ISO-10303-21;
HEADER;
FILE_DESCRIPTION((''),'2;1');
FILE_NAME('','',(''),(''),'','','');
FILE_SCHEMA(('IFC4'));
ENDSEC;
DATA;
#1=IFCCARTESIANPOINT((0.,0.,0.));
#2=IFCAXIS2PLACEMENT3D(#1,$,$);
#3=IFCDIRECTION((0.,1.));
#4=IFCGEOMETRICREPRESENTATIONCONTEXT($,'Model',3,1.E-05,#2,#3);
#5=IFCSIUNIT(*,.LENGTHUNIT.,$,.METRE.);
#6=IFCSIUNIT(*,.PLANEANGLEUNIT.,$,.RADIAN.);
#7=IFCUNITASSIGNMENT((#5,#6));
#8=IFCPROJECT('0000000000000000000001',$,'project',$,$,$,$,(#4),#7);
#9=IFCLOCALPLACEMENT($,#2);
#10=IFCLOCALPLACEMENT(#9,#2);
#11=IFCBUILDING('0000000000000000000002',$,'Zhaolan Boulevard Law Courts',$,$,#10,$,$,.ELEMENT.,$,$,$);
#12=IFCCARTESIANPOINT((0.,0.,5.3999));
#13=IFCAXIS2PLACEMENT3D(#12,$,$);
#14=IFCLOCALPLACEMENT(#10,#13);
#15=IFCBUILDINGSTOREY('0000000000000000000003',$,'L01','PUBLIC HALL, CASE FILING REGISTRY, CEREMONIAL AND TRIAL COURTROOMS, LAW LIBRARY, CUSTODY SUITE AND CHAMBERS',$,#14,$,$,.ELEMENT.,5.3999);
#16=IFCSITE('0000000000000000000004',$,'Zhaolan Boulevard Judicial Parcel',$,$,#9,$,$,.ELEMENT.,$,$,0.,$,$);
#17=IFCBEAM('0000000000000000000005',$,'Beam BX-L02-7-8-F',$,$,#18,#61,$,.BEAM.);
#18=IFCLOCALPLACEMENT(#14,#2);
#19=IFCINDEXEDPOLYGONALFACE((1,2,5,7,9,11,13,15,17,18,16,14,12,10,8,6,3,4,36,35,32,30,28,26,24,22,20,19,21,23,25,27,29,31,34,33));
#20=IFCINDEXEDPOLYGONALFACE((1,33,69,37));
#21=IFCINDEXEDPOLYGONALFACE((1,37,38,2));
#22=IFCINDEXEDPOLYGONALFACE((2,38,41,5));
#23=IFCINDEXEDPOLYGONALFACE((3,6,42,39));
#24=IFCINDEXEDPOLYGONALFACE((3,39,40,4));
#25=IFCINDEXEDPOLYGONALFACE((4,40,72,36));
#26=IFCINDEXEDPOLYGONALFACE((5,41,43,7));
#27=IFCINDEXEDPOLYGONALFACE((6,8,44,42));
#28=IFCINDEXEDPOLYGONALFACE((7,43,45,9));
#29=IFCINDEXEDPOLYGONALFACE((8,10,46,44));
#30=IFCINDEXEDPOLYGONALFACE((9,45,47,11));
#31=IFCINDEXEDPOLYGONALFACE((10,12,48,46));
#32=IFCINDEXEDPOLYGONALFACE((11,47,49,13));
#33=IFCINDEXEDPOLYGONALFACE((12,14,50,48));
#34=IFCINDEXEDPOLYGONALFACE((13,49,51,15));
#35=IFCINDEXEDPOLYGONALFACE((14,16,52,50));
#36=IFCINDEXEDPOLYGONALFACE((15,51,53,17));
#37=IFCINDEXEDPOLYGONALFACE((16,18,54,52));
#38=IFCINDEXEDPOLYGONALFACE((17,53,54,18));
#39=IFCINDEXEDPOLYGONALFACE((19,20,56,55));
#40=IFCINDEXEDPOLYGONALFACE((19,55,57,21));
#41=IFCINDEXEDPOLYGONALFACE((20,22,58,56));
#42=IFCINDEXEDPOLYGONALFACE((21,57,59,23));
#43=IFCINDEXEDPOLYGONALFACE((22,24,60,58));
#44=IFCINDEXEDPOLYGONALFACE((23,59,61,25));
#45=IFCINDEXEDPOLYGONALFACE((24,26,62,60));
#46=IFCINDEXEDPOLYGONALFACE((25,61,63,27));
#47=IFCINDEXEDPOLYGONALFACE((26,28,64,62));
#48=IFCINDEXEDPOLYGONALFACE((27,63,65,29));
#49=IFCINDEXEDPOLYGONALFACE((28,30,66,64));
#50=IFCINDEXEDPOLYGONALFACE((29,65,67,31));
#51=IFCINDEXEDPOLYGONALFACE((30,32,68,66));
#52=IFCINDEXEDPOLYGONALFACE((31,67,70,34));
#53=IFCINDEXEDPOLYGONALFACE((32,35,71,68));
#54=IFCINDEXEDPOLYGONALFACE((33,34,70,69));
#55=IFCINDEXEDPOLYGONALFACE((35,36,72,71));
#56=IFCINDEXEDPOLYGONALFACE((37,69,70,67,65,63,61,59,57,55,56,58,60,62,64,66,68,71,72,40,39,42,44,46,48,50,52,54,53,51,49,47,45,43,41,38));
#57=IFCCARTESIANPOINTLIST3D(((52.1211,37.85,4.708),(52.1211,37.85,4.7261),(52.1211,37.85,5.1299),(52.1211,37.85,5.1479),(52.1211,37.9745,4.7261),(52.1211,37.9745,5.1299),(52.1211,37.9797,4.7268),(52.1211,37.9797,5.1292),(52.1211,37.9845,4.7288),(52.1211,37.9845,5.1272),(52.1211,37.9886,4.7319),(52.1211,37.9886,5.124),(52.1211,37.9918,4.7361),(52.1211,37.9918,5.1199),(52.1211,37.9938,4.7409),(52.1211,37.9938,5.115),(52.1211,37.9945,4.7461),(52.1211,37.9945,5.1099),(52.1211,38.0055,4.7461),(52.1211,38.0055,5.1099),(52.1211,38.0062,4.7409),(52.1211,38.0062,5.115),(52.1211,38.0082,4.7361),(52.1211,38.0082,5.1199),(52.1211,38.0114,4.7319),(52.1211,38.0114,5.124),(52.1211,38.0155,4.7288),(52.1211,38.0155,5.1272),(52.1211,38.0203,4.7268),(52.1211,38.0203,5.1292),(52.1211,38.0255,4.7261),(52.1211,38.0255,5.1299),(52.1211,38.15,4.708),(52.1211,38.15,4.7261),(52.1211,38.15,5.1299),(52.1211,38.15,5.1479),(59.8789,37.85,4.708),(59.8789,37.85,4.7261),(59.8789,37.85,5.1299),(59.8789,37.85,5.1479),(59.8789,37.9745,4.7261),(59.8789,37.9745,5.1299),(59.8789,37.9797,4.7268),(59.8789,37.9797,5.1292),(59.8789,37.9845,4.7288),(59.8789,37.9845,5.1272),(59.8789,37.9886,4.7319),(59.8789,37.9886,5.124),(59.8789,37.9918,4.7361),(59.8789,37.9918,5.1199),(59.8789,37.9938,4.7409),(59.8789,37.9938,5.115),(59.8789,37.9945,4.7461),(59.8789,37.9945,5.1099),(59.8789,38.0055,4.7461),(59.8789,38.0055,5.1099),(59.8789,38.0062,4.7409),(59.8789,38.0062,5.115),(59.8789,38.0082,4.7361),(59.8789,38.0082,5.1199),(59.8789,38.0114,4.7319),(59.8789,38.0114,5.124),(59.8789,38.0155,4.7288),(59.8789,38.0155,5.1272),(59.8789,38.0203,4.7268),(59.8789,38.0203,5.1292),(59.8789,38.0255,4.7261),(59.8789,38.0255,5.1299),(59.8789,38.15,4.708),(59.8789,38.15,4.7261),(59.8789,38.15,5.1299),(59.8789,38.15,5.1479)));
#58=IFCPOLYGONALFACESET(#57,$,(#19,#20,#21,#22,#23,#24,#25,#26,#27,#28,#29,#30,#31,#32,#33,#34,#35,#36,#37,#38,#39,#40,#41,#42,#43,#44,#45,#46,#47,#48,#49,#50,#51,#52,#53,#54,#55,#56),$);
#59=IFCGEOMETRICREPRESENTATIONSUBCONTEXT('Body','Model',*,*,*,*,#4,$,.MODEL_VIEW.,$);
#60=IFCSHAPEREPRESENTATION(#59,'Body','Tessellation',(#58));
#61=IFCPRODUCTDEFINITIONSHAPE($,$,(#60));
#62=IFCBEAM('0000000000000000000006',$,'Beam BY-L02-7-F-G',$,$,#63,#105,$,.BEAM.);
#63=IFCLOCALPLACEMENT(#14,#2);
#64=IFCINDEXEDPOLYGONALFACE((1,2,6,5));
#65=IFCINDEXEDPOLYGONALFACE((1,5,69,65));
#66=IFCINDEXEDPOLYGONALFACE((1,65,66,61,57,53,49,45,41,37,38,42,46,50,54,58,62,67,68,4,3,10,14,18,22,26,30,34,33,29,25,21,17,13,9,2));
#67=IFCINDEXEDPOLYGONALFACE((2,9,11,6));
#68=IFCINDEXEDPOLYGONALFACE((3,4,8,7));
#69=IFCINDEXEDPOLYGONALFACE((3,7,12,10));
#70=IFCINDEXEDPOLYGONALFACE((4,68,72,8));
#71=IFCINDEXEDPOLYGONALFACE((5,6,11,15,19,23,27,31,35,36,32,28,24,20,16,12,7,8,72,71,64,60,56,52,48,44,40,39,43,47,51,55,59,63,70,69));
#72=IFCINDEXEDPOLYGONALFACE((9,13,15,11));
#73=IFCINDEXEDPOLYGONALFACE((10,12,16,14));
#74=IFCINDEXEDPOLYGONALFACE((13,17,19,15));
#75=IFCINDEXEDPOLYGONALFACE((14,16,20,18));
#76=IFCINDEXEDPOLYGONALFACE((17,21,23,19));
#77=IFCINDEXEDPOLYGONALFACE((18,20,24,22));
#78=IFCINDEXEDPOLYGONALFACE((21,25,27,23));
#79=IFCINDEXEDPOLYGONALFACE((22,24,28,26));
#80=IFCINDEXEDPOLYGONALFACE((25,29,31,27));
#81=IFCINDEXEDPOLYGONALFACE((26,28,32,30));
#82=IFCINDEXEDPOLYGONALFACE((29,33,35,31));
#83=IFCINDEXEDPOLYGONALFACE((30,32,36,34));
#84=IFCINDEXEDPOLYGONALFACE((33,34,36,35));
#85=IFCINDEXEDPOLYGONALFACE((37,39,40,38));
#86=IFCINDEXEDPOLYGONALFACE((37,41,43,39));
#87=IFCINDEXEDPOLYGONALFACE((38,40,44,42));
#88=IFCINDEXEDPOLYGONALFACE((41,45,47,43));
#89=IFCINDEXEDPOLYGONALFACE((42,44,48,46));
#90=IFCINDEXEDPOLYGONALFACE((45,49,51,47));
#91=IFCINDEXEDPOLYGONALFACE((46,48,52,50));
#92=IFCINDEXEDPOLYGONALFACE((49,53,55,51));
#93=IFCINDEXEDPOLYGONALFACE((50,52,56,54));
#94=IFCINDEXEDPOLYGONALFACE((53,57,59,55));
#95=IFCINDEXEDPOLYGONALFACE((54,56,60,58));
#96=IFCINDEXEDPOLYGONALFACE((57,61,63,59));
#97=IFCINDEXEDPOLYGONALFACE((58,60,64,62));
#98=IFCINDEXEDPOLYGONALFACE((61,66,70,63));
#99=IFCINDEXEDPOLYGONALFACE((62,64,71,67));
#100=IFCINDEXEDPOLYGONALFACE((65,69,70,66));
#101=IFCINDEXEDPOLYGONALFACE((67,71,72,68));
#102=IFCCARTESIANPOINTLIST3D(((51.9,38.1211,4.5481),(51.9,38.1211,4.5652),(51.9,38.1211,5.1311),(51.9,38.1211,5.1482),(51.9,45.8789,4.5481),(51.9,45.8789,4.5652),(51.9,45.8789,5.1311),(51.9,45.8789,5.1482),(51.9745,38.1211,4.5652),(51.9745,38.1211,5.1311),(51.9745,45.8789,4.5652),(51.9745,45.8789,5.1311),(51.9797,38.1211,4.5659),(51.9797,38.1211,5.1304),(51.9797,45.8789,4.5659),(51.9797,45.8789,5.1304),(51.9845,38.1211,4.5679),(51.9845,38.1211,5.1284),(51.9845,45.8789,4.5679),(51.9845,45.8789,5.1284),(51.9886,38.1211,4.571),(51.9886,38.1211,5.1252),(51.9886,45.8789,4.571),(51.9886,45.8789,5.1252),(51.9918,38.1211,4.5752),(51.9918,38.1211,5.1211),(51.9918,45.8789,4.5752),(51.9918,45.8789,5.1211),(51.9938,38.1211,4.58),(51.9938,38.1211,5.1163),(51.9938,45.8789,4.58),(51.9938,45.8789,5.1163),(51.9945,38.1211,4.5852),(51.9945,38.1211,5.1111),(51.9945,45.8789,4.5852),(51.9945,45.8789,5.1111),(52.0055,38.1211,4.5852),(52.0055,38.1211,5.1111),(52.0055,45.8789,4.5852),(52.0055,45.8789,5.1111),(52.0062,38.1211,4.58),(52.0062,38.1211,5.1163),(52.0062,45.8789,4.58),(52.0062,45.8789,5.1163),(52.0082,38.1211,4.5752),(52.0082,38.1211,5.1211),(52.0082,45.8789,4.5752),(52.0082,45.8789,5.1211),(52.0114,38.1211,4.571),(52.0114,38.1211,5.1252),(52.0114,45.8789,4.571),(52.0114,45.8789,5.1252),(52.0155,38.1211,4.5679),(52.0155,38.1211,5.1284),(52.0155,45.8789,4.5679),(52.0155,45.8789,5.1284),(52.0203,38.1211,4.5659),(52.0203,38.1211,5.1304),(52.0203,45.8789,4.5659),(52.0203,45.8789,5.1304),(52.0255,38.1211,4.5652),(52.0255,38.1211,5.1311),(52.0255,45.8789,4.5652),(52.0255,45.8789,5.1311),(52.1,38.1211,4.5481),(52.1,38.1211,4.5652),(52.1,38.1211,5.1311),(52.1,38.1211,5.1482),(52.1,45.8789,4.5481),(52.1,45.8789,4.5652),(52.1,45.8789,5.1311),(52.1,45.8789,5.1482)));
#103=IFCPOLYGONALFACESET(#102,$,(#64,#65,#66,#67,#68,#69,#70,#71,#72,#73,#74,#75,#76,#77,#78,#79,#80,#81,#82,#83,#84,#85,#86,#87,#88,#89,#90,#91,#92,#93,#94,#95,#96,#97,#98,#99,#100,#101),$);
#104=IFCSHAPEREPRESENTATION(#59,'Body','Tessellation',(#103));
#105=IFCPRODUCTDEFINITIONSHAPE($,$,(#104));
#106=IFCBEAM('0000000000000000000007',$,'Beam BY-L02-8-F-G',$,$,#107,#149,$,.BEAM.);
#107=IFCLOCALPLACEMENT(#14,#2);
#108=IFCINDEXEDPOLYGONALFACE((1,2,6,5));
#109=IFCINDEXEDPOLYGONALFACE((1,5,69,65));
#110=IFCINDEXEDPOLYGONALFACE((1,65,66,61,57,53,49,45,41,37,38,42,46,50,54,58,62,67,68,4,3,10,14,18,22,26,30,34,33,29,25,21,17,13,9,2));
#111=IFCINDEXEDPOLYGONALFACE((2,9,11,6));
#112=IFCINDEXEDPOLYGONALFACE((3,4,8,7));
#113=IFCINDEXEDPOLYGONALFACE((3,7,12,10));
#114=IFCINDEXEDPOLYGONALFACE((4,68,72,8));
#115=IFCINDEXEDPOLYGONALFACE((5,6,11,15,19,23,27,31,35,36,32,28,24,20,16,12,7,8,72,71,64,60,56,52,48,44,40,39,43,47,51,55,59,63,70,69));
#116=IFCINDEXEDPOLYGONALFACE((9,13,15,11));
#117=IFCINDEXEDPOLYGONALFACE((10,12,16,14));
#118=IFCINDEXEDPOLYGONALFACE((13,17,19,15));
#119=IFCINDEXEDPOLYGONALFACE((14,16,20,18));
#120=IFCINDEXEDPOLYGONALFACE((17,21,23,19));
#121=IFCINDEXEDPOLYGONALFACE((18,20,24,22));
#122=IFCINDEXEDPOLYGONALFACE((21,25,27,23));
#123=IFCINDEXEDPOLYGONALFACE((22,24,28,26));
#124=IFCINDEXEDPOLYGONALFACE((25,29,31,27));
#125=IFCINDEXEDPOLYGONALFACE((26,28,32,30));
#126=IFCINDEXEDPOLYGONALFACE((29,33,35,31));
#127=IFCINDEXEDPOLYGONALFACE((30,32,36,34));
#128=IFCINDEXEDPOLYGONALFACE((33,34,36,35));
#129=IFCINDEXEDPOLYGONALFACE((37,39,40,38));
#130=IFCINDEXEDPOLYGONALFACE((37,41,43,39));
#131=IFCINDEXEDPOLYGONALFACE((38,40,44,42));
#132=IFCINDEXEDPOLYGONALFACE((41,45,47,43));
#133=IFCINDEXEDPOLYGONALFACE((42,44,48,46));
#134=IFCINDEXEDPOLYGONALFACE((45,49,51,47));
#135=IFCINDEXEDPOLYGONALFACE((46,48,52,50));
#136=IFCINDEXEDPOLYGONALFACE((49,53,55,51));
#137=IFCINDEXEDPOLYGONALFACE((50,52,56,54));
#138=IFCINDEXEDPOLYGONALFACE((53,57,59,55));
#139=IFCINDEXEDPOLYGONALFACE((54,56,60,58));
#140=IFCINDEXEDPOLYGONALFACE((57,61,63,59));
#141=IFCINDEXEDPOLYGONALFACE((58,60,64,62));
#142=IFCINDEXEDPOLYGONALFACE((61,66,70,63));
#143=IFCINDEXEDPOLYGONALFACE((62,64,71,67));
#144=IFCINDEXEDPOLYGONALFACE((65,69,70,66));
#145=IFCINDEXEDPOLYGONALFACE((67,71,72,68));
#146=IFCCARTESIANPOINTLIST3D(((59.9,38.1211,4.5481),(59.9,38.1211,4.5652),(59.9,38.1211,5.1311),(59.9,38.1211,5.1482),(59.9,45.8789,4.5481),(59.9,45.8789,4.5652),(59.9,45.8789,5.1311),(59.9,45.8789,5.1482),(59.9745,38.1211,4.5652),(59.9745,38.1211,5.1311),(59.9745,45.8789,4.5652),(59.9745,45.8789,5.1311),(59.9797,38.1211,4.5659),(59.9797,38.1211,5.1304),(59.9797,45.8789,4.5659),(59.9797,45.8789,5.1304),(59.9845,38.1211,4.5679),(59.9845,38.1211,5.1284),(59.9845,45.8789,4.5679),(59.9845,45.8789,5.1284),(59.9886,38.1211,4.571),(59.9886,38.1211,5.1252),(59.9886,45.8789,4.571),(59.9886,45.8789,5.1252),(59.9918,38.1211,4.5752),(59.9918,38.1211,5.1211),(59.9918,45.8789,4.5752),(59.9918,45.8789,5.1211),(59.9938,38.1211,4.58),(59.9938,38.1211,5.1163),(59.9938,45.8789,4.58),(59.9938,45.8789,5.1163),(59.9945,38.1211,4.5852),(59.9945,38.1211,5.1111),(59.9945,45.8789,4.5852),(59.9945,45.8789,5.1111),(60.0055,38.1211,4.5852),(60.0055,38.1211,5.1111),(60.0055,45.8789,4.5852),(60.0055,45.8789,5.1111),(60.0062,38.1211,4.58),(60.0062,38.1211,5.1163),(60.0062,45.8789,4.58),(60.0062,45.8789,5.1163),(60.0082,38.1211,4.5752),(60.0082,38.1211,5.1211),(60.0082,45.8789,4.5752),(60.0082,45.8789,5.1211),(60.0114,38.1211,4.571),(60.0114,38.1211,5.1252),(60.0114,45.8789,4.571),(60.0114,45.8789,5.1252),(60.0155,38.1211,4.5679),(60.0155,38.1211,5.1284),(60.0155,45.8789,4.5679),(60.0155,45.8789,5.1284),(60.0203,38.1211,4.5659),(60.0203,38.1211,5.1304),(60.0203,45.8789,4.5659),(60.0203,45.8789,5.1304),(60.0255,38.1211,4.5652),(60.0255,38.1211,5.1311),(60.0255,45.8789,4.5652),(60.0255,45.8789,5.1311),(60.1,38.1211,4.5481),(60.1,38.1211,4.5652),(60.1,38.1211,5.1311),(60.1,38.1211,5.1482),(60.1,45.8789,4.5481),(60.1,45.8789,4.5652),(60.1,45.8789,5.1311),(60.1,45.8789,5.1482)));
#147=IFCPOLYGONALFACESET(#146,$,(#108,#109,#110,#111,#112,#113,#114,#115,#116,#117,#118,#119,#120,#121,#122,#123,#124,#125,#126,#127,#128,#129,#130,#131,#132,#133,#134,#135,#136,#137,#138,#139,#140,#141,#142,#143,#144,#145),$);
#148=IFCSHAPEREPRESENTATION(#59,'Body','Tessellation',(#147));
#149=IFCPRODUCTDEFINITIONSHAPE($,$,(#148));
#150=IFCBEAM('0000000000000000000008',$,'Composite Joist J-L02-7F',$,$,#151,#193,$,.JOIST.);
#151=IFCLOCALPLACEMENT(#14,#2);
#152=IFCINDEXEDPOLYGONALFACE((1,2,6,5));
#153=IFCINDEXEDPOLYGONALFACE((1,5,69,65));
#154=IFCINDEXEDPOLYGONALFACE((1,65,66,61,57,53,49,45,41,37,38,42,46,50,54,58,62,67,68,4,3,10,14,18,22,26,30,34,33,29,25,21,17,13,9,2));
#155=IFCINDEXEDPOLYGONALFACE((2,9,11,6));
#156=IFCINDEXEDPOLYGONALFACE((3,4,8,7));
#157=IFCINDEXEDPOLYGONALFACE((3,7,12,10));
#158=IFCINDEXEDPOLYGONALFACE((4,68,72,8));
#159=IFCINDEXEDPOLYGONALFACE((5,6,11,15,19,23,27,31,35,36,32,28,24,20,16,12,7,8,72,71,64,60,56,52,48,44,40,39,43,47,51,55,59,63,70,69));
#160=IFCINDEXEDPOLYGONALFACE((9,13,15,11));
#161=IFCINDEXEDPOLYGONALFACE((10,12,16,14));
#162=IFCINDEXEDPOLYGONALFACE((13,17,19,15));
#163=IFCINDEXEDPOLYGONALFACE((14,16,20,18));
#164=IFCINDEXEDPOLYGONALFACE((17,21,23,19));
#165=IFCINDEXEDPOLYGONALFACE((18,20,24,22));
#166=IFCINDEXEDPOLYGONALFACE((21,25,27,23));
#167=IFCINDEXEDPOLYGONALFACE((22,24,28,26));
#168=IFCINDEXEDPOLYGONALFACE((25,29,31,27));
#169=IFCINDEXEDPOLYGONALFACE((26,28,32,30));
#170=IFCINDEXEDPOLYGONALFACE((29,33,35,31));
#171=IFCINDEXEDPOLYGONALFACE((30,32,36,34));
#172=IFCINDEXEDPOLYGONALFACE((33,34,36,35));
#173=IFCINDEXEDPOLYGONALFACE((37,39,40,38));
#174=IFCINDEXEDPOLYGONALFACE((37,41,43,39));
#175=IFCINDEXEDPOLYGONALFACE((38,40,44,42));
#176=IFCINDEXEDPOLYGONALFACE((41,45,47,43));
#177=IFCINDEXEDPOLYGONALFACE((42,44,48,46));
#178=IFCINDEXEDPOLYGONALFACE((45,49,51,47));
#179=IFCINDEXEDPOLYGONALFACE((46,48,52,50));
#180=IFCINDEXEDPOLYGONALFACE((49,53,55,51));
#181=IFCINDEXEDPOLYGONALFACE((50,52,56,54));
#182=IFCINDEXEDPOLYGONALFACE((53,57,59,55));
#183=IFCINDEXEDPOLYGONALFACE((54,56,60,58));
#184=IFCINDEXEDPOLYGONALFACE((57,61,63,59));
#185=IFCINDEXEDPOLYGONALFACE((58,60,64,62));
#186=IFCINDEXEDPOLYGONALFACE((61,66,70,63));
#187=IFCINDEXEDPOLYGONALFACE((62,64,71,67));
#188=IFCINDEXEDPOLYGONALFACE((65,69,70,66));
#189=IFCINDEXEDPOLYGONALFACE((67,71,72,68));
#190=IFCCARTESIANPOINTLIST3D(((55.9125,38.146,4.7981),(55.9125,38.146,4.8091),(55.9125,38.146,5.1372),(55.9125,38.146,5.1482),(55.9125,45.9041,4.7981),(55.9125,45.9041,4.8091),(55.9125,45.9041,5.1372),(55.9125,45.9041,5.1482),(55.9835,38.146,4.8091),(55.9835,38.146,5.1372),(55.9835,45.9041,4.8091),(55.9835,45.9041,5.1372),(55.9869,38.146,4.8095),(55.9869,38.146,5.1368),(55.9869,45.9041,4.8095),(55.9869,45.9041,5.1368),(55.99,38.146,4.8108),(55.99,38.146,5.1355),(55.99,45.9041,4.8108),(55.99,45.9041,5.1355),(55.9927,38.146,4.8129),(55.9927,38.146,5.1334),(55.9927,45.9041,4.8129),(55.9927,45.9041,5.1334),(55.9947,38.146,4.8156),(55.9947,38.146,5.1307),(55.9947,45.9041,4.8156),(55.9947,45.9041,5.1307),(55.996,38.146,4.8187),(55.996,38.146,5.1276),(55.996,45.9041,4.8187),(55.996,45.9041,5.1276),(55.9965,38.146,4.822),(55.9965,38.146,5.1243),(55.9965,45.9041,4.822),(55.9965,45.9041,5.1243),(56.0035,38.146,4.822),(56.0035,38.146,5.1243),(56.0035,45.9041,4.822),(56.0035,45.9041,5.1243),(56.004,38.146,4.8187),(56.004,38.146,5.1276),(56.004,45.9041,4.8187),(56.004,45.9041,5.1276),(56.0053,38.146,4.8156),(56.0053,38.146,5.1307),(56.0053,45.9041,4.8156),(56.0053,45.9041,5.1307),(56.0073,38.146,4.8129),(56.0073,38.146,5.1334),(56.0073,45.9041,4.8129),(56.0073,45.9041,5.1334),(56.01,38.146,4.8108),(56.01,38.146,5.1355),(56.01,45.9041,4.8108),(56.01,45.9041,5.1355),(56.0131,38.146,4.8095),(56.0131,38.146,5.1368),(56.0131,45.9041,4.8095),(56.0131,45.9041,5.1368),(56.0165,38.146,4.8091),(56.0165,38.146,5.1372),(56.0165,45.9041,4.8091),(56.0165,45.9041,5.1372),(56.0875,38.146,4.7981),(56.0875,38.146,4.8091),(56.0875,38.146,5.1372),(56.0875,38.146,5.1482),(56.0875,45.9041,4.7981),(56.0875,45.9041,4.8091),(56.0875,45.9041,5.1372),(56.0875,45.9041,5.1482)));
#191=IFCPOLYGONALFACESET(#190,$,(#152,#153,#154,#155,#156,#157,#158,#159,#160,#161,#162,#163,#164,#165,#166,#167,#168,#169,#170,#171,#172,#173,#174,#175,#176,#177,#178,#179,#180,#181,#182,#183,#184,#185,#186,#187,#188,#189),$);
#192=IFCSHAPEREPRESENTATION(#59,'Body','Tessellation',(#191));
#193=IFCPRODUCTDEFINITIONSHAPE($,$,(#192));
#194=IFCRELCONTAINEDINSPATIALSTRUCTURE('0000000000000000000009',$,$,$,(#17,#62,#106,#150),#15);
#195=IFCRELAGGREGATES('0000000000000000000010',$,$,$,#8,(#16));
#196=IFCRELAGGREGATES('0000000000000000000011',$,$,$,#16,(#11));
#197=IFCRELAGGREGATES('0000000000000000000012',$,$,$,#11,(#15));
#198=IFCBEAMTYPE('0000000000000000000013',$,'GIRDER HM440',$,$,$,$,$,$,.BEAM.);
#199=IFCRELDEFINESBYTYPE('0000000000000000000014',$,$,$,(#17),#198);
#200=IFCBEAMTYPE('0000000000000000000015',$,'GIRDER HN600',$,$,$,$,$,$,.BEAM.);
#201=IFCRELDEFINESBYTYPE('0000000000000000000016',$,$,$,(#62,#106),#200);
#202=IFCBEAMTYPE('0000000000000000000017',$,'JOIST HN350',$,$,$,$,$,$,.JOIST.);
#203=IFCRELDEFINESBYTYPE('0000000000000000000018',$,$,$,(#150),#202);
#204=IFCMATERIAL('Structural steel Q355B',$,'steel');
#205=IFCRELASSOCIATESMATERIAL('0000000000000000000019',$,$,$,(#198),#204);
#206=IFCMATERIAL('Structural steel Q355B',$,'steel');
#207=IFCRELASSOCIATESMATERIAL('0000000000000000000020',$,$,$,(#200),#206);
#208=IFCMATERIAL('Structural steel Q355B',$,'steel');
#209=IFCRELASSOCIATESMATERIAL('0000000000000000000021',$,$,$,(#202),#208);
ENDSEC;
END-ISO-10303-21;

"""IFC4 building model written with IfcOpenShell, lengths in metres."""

from ifc_helpers import new_model, si_unit, direction, frame, origin, origin_2d, place, context, subcontext, project, spatial, i_section, extrude, material, material_profile, profile_set, type_object, element, save


model = new_model("IFC4")

# Units and contexts
model_context = context("Model", 3, precision=1e-05, world=origin(), true_north=direction((0.0, 1.0)))
body_context = subcontext(model_context, "Body", "Model", "MODEL_VIEW")
ifc_project = project(units=[si_unit("LENGTHUNIT", "METRE"), si_unit("PLANEANGLEUNIT", "RADIAN")], contexts=[model_context])

# Site, building, storey
site_placement = place(None, origin())
site = spatial("IfcSite", under=ifc_project, at=site_placement, Name="Zhaolan Boulevard Judicial Parcel", CompositionType="ELEMENT", RefElevation=0.0)
building_placement = place(site_placement, origin())
building = spatial("IfcBuilding", under=site, at=building_placement, Name="Zhaolan Boulevard Law Courts", CompositionType="ELEMENT")
storey_placement = place(building_placement, frame((0.0, 0.0, 5.3999)))
storey = spatial("IfcBuildingStorey", under=building, at=storey_placement, Name="L01", Description="PUBLIC HALL, CASE FILING REGISTRY, CEREMONIAL AND TRIAL COURTROOMS, LAW LIBRARY, CUSTODY SUITE AND CHAMBERS", CompositionType="ELEMENT", Elevation=5.3999)

# Beams
ifc_material_1 = material(Name="Structural steel Q355B", Category="steel")
ifc_material_profile_1 = material_profile(ifc_material_1, i_section(OverallWidth=0.3, OverallDepth=0.4399, WebThickness=0.011, FlangeThickness=0.0181, FilletRadius=0.02, at=origin_2d()), Name="HM440x300")
ifc_profile_set_1 = profile_set([ifc_material_profile_1], Name="Structural steel Q355B")
beam_type_1 = type_object("IfcBeamType", Name="GIRDER HM440", PredefinedType="BEAM", material=ifc_profile_set_1)
beam_1_placement = place(storey_placement, frame((52.1211, 38.0, 4.928), z_axis=(1.0, 0.0, 0.0), x_axis=(0.0, 1.0, 0.0)))
element("IfcBeam", 1, at=beam_1_placement, inside=storey, type_object=beam_type_1, Name="Beam BX-L02-7-8-F", PredefinedType="BEAM", context=body_context, shape_type="SweptSolid", body=[
    extrude(i_section(OverallWidth=0.3, OverallDepth=0.4399, WebThickness=0.011, FlangeThickness=0.0181, FilletRadius=0.02, at=origin_2d()), origin(), (0.0, 0.0, 1.0), 7.7578),
])
ifc_material_2 = material(Name="Structural steel Q355B", Category="steel")
ifc_material_profile_2 = material_profile(ifc_material_2, i_section(OverallWidth=0.2, OverallDepth=0.6001, WebThickness=0.011, FlangeThickness=0.0171, FilletRadius=0.02, at=origin_2d()), Name="HN600x200")
ifc_profile_set_2 = profile_set([ifc_material_profile_2], Name="Structural steel Q355B")
beam_type_2 = type_object("IfcBeamType", Name="GIRDER HN600", PredefinedType="BEAM", material=ifc_profile_set_2)
for number, where, z_axis, x_axis, name in (
    (2, (52.0, 38.1211, 4.8481), (0.0, 1.0, 0.0), (-1.0, 0.0, 0.0), "Beam BY-L02-7-F-G"),
    (3, (60.0, 38.1211, 4.8481), (0.0, 1.0, 0.0), (-1.0, 0.0, 0.0), "Beam BY-L02-8-F-G"),
):
    element("IfcBeam", number, at=place(storey_placement, frame(where, z_axis=z_axis, x_axis=x_axis)), inside=storey, type_object=beam_type_2, Name=name, PredefinedType="BEAM", context=body_context, shape_type="SweptSolid", body=[
        extrude(i_section(OverallWidth=0.2, OverallDepth=0.6001, WebThickness=0.011, FlangeThickness=0.0171, FilletRadius=0.02, at=origin_2d()), origin(), (0.0, 0.0, 1.0), 7.7578),
    ])
ifc_material_3 = material(Name="Structural steel Q355B", Category="steel")
ifc_material_profile_3 = material_profile(ifc_material_3, i_section(OverallWidth=0.175, OverallDepth=0.3501, WebThickness=0.0071, FlangeThickness=0.011, FilletRadius=0.0129, at=origin_2d()), Name="HN350x175")
ifc_profile_set_3 = profile_set([ifc_material_profile_3], Name="Structural steel Q355B")
beam_type_3 = type_object("IfcBeamType", Name="JOIST HN350", PredefinedType="JOIST", material=ifc_profile_set_3)
beam_2_placement = place(storey_placement, frame((56.0, 38.146, 4.9731), z_axis=(0.0, 1.0, 0.0), x_axis=(-1.0, 0.0, 0.0)))
element("IfcBeam", 4, at=beam_2_placement, inside=storey, type_object=beam_type_3, Name="Composite Joist J-L02-7F", PredefinedType="JOIST", context=body_context, shape_type="SweptSolid", body=[
    extrude(i_section(OverallWidth=0.175, OverallDepth=0.3501, WebThickness=0.0071, FlangeThickness=0.011, FilletRadius=0.0129, at=origin_2d()), origin(), (0.0, 0.0, 1.0), 7.7581),
])

save(model, "model.ifc")
